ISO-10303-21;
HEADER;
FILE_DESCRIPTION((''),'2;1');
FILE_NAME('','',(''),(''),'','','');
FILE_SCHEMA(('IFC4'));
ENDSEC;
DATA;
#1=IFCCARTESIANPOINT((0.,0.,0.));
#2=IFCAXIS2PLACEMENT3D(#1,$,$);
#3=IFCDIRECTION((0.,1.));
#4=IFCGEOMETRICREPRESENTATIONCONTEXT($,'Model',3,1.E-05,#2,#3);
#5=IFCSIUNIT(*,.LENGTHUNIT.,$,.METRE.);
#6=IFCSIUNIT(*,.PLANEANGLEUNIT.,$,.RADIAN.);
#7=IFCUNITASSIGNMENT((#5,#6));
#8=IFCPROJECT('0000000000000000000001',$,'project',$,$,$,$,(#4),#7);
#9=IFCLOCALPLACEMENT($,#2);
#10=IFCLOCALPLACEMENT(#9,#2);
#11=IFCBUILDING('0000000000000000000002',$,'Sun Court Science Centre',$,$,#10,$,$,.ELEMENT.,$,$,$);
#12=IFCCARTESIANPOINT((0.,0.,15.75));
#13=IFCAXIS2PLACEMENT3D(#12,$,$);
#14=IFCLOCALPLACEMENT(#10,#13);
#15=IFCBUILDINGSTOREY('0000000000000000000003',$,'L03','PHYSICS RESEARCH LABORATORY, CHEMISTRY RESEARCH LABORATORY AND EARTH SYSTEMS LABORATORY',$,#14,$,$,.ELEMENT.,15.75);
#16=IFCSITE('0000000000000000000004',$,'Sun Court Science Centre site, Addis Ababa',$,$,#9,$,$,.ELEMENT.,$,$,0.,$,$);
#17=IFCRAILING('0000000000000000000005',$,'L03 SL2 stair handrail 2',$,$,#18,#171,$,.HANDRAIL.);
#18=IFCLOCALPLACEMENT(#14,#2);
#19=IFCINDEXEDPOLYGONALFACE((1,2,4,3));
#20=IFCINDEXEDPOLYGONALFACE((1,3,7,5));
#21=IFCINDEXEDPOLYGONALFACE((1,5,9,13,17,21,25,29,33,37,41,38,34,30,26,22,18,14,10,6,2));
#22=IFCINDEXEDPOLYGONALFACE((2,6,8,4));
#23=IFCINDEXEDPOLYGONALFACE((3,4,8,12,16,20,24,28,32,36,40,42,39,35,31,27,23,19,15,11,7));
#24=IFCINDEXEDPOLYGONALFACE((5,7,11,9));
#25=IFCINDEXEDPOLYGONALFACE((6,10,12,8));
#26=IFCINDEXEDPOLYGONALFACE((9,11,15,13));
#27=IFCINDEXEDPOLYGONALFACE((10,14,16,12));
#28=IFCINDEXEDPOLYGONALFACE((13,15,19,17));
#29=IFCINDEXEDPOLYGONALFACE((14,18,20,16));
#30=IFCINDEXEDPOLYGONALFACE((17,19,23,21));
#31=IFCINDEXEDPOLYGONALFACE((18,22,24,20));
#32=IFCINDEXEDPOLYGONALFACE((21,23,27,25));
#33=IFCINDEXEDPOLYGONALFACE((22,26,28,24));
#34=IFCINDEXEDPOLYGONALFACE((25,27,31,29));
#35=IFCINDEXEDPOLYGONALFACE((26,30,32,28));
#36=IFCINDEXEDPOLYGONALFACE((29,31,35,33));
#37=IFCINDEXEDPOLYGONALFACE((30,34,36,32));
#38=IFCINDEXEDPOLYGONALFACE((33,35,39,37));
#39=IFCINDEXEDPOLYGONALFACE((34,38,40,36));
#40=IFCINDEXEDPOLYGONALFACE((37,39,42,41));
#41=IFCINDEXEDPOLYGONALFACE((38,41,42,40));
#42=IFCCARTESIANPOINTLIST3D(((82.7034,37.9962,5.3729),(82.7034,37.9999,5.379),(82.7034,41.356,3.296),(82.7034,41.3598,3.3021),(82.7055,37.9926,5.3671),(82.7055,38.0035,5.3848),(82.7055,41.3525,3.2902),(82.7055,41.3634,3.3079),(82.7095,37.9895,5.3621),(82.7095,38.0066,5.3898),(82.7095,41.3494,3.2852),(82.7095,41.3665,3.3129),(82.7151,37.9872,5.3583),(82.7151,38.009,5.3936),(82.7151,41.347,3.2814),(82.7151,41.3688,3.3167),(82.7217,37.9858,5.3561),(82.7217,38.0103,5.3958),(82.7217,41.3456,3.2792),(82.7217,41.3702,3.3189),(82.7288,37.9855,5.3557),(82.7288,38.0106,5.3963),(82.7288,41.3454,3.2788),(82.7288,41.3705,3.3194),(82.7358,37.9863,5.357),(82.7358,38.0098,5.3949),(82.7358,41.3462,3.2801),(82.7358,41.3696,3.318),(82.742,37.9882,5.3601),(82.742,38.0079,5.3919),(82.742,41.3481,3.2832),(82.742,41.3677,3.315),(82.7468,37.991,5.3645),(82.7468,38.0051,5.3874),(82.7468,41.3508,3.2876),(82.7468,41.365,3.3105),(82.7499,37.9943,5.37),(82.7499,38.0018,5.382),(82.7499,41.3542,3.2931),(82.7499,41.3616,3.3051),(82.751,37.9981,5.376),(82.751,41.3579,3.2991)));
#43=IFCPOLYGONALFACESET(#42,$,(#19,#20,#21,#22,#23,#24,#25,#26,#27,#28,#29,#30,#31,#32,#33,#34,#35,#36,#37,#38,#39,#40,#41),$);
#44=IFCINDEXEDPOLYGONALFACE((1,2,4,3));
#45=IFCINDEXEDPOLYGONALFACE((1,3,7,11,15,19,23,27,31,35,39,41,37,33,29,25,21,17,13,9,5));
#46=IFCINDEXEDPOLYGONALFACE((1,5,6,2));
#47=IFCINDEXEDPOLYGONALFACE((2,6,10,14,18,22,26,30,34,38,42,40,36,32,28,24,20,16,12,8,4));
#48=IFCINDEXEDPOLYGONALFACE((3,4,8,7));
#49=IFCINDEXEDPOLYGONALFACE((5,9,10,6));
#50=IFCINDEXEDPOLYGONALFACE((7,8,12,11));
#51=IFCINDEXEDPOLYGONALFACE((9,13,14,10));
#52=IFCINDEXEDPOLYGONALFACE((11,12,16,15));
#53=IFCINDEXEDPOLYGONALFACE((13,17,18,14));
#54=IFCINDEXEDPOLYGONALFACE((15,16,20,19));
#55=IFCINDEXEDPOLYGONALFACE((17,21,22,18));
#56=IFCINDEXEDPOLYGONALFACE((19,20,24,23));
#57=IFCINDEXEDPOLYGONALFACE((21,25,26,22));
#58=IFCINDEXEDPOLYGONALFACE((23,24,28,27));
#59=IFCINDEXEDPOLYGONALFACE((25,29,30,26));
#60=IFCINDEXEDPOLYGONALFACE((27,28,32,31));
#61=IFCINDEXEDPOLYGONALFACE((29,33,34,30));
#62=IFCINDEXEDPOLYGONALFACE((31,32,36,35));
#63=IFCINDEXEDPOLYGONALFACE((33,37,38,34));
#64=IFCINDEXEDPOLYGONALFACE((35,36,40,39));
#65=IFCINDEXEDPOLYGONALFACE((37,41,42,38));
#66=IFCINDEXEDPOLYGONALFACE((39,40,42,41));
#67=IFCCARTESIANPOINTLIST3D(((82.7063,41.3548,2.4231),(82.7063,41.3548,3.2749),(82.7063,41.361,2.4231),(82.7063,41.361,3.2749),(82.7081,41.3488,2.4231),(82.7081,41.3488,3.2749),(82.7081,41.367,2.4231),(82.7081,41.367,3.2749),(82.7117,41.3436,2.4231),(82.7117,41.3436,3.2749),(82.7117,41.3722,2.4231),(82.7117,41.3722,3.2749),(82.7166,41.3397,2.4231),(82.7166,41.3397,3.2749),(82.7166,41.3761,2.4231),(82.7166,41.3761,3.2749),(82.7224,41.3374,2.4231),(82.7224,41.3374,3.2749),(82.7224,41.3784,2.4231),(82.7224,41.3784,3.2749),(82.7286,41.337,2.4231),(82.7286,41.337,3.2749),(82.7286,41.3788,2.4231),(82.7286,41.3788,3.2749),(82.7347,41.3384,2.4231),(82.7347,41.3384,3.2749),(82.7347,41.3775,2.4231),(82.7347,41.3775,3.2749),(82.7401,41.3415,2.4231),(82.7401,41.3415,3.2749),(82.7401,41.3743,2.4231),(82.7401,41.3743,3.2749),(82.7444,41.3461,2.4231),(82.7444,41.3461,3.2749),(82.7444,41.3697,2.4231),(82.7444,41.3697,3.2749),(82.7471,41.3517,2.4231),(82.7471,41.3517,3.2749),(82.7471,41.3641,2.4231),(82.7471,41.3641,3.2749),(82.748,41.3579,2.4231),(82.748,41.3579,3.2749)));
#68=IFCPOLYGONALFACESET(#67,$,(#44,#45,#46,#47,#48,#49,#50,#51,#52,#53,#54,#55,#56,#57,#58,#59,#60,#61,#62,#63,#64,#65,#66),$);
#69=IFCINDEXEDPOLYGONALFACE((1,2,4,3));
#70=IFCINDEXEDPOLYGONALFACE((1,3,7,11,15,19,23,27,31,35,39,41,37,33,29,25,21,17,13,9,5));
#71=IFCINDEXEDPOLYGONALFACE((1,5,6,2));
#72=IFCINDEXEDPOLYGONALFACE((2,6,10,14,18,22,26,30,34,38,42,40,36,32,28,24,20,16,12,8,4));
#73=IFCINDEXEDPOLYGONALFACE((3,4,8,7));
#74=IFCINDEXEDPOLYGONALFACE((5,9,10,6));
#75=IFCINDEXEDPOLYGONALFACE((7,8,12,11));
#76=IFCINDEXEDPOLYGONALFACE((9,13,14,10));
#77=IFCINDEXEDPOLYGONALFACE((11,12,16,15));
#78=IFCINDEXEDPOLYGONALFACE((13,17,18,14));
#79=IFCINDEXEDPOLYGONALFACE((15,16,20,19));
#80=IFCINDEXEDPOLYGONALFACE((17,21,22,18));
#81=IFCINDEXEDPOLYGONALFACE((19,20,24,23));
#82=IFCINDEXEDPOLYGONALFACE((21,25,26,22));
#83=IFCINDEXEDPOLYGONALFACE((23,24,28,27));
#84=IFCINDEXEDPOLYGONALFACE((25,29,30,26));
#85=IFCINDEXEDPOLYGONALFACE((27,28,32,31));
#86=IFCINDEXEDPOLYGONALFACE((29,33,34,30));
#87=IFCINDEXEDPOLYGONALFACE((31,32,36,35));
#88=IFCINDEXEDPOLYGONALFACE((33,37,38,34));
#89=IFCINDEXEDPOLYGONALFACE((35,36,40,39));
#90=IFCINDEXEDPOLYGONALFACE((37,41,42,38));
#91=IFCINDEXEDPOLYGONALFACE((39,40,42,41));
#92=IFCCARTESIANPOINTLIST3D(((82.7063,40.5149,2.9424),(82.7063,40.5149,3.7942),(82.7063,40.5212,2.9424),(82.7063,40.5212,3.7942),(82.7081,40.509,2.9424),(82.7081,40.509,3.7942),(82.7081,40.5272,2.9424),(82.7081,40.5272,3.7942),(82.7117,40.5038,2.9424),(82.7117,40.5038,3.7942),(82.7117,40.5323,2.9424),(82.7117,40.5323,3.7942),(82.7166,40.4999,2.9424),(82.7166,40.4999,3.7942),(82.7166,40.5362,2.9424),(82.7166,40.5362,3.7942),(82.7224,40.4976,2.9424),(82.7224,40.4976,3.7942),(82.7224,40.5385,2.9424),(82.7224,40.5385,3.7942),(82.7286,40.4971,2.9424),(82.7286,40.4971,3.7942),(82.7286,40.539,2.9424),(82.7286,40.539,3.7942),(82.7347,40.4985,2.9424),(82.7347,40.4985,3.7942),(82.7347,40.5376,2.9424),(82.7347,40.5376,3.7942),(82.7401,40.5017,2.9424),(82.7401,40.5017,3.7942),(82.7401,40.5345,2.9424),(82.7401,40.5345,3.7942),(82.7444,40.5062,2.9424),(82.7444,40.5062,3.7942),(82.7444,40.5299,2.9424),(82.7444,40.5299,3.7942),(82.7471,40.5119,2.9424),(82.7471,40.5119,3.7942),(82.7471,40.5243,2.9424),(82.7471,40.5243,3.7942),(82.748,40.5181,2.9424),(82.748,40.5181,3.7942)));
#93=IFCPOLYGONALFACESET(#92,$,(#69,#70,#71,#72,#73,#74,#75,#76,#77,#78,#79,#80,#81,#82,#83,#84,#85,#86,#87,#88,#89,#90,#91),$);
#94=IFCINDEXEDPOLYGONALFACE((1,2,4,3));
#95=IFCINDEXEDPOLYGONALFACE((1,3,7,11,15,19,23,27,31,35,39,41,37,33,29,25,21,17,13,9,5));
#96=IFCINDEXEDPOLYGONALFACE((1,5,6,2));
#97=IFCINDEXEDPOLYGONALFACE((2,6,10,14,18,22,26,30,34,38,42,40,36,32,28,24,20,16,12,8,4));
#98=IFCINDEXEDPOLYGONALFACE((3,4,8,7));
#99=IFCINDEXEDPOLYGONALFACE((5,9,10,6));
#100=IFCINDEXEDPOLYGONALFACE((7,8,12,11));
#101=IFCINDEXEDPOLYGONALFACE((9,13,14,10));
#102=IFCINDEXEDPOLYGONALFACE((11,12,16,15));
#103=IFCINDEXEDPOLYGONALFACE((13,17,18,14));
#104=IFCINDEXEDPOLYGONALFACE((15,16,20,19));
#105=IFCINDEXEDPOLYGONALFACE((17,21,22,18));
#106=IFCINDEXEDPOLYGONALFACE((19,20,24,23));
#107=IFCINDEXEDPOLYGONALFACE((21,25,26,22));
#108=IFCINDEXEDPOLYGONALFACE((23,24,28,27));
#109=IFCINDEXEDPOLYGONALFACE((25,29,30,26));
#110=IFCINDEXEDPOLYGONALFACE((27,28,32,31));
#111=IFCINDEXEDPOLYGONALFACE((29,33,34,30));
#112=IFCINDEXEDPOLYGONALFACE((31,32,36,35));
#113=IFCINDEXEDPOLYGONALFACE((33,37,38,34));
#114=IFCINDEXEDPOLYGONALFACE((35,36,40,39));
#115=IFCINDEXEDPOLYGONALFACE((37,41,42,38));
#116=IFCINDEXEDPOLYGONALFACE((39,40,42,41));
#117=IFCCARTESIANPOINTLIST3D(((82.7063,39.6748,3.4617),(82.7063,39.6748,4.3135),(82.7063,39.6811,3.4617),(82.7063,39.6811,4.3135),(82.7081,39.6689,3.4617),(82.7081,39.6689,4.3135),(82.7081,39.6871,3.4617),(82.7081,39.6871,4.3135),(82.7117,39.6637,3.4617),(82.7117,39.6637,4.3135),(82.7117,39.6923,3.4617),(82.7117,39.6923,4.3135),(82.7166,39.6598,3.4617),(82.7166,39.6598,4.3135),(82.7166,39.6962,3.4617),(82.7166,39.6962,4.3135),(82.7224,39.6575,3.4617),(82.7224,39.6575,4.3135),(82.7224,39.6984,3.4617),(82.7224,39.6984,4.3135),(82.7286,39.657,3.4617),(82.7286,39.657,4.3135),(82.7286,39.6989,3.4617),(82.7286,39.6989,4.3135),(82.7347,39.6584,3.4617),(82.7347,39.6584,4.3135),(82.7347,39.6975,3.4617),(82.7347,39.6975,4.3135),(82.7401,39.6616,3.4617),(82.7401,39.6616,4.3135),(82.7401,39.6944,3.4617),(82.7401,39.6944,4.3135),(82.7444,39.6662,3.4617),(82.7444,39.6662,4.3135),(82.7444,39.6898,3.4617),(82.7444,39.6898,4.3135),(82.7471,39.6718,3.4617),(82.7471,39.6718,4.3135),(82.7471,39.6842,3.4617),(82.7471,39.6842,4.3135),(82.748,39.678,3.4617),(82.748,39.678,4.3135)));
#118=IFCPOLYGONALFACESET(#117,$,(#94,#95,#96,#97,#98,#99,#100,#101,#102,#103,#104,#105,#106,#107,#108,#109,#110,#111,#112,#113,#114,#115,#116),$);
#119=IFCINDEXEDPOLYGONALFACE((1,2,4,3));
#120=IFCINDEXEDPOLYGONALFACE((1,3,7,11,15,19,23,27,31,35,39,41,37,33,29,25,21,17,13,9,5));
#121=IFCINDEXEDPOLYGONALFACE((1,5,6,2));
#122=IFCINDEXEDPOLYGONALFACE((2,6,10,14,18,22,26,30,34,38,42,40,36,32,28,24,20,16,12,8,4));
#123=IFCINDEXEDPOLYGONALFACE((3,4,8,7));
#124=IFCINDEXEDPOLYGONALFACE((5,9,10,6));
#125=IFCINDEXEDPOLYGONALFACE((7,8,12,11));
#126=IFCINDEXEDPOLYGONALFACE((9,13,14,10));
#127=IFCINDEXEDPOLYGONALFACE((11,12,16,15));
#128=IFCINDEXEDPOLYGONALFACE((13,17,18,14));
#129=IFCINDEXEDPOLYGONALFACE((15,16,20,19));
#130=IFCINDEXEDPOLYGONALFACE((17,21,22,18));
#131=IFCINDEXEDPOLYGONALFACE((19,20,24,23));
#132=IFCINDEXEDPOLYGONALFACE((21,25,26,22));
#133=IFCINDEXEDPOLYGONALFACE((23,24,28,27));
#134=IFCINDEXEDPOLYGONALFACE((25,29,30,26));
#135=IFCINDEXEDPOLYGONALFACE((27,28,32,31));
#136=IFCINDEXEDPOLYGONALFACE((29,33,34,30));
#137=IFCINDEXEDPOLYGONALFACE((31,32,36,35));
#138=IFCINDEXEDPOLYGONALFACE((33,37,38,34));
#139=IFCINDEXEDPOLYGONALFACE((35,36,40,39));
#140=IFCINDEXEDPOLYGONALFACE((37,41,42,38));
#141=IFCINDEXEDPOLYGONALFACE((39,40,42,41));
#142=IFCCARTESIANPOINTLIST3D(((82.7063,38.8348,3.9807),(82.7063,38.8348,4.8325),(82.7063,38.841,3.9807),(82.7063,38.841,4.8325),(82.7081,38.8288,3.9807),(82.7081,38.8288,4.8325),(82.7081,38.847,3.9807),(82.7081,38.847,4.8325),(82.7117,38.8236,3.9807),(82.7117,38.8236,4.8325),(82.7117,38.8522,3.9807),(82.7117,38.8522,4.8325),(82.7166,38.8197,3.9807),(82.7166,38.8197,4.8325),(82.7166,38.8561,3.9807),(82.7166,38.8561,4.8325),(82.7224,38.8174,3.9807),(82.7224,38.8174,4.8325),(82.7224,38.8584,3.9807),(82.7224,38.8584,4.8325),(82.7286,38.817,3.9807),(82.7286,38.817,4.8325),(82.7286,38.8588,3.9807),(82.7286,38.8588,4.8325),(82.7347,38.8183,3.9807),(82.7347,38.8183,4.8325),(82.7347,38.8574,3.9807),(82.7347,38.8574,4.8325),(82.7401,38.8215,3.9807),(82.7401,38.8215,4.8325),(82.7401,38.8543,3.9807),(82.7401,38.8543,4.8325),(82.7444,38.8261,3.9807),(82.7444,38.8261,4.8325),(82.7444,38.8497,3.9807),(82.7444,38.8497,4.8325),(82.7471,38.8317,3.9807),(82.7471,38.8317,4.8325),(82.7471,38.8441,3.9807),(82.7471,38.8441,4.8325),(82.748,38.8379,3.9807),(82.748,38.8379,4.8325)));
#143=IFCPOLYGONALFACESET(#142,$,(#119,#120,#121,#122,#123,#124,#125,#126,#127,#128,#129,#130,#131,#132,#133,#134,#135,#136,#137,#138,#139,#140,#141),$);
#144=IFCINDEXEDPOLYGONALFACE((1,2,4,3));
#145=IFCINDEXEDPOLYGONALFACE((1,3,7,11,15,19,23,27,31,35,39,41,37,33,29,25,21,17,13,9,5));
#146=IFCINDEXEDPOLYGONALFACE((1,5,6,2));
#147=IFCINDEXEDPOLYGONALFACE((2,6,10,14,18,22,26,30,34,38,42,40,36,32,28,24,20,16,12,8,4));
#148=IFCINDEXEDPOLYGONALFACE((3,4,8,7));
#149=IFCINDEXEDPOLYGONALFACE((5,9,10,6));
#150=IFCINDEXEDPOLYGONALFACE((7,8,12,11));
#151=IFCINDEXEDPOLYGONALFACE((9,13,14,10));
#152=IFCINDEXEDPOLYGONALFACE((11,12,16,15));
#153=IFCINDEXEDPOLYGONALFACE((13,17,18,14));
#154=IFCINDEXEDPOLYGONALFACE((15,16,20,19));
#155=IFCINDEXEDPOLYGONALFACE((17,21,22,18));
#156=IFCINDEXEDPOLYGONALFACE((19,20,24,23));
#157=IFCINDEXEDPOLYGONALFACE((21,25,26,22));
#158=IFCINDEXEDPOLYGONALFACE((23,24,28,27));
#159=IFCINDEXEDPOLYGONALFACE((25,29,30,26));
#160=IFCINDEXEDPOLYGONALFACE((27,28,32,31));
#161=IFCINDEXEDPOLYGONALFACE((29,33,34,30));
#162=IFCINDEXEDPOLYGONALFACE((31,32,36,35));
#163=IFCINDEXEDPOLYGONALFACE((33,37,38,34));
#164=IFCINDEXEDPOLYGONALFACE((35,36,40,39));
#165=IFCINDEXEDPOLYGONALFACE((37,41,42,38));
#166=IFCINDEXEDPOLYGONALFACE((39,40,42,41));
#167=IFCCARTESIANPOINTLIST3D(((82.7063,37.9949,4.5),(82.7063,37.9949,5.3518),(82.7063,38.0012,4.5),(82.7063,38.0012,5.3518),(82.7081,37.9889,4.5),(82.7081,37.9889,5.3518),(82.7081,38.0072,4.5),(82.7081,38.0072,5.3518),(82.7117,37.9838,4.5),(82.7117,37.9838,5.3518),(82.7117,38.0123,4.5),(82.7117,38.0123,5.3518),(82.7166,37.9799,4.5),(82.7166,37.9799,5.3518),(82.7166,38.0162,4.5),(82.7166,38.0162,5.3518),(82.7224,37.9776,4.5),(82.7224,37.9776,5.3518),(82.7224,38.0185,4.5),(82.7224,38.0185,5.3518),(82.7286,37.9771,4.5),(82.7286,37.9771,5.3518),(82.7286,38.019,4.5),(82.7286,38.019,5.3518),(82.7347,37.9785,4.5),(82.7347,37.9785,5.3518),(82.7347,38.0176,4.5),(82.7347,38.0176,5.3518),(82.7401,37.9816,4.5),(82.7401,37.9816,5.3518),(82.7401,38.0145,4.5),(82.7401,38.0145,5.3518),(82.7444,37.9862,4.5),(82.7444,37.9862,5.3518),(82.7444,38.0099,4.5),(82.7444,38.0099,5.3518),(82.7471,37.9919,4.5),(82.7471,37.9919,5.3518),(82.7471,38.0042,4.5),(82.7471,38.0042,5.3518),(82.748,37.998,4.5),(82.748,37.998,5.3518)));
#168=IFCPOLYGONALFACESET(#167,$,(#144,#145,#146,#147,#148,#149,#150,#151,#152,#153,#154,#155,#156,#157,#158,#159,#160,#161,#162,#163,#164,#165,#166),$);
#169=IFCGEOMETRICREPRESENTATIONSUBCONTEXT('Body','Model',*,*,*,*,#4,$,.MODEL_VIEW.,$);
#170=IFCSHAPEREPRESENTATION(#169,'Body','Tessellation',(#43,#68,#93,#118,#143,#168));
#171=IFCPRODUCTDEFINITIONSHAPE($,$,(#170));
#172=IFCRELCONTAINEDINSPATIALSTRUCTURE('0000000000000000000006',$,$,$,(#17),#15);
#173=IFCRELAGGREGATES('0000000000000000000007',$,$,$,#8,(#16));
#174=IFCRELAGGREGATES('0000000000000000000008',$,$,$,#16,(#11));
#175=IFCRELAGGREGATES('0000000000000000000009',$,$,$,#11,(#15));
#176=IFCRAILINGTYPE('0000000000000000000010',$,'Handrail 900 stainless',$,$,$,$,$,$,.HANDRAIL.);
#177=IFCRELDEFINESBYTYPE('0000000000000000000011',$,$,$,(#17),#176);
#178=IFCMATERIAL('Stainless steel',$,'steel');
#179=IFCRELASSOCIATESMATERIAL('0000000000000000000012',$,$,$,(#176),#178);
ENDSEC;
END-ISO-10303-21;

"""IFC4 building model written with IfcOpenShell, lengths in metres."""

from ifc_helpers import new_model, si_unit, direction, frame, origin, origin_2d, place, context, subcontext, project, spatial, circle, extrude, material, type_object, element, save


model = new_model("IFC4")

# Units and contexts
model_context = context("Model", 3, precision=1e-05, world=origin(), true_north=direction((0.0, 1.0)))
body_context = subcontext(model_context, "Body", "Model", "MODEL_VIEW")
ifc_project = project(units=[si_unit("LENGTHUNIT", "METRE"), si_unit("PLANEANGLEUNIT", "RADIAN")], contexts=[model_context])

# Site, building, storey
site_placement = place(None, origin())
site = spatial("IfcSite", under=ifc_project, at=site_placement, Name="Sun Court Science Centre site, Addis Ababa", CompositionType="ELEMENT", RefElevation=0.0)
building_placement = place(site_placement, origin())
building = spatial("IfcBuilding", under=site, at=building_placement, Name="Sun Court Science Centre", CompositionType="ELEMENT")
storey_placement = place(building_placement, frame((0.0, 0.0, 15.75)))
storey = spatial("IfcBuildingStorey", under=building, at=storey_placement, Name="L03", Description="PHYSICS RESEARCH LABORATORY, CHEMISTRY RESEARCH LABORATORY AND EARTH SYSTEMS LABORATORY", CompositionType="ELEMENT", Elevation=15.75)

# Railing
ifc_material_1 = material(Name="Stainless steel", Category="steel")
railing_type_1 = type_object("IfcRailingType", Name="Handrail 900 stainless", PredefinedType="HANDRAIL", material=ifc_material_1)
railing_1_placement = place(storey_placement, frame((82.7271, 41.3579, 2.4231)))
element("IfcRailing", 1, at=railing_1_placement, inside=storey, type_object=railing_type_1, Name="L03 SL2 stair handrail 2", PredefinedType="HANDRAIL", context=body_context, shape_type="SweptSolid", body=[
    extrude(circle(Radius=0.0239, at=origin_2d()), frame((0.0, 0.0, 0.876), z_axis=(0.0, -0.850606, 0.525803), x_axis=(1.0, 0.0, 0.0)), (0.0, 0.0, 1.0), 3.95),
    extrude(circle(Radius=0.021, at=origin_2d()), origin(), (0.0, 0.0, 1.0), 0.8518),
    extrude(circle(Radius=0.021, at=origin_2d()), frame((0.0, -0.8398, 0.5193)), (0.0, 0.0, 1.0), 0.8518),
    extrude(circle(Radius=0.021, at=origin_2d()), frame((0.0, -1.6799, 1.0386)), (0.0, 0.0, 1.0), 0.8518),
    extrude(circle(Radius=0.021, at=origin_2d()), frame((0.0, -2.52, 1.5576)), (0.0, 0.0, 1.0), 0.8518),
    extrude(circle(Radius=0.021, at=origin_2d()), frame((0.0, -3.3599, 2.0769)), (0.0, 0.0, 1.0), 0.8518),
])

save(model, "model.ifc")
